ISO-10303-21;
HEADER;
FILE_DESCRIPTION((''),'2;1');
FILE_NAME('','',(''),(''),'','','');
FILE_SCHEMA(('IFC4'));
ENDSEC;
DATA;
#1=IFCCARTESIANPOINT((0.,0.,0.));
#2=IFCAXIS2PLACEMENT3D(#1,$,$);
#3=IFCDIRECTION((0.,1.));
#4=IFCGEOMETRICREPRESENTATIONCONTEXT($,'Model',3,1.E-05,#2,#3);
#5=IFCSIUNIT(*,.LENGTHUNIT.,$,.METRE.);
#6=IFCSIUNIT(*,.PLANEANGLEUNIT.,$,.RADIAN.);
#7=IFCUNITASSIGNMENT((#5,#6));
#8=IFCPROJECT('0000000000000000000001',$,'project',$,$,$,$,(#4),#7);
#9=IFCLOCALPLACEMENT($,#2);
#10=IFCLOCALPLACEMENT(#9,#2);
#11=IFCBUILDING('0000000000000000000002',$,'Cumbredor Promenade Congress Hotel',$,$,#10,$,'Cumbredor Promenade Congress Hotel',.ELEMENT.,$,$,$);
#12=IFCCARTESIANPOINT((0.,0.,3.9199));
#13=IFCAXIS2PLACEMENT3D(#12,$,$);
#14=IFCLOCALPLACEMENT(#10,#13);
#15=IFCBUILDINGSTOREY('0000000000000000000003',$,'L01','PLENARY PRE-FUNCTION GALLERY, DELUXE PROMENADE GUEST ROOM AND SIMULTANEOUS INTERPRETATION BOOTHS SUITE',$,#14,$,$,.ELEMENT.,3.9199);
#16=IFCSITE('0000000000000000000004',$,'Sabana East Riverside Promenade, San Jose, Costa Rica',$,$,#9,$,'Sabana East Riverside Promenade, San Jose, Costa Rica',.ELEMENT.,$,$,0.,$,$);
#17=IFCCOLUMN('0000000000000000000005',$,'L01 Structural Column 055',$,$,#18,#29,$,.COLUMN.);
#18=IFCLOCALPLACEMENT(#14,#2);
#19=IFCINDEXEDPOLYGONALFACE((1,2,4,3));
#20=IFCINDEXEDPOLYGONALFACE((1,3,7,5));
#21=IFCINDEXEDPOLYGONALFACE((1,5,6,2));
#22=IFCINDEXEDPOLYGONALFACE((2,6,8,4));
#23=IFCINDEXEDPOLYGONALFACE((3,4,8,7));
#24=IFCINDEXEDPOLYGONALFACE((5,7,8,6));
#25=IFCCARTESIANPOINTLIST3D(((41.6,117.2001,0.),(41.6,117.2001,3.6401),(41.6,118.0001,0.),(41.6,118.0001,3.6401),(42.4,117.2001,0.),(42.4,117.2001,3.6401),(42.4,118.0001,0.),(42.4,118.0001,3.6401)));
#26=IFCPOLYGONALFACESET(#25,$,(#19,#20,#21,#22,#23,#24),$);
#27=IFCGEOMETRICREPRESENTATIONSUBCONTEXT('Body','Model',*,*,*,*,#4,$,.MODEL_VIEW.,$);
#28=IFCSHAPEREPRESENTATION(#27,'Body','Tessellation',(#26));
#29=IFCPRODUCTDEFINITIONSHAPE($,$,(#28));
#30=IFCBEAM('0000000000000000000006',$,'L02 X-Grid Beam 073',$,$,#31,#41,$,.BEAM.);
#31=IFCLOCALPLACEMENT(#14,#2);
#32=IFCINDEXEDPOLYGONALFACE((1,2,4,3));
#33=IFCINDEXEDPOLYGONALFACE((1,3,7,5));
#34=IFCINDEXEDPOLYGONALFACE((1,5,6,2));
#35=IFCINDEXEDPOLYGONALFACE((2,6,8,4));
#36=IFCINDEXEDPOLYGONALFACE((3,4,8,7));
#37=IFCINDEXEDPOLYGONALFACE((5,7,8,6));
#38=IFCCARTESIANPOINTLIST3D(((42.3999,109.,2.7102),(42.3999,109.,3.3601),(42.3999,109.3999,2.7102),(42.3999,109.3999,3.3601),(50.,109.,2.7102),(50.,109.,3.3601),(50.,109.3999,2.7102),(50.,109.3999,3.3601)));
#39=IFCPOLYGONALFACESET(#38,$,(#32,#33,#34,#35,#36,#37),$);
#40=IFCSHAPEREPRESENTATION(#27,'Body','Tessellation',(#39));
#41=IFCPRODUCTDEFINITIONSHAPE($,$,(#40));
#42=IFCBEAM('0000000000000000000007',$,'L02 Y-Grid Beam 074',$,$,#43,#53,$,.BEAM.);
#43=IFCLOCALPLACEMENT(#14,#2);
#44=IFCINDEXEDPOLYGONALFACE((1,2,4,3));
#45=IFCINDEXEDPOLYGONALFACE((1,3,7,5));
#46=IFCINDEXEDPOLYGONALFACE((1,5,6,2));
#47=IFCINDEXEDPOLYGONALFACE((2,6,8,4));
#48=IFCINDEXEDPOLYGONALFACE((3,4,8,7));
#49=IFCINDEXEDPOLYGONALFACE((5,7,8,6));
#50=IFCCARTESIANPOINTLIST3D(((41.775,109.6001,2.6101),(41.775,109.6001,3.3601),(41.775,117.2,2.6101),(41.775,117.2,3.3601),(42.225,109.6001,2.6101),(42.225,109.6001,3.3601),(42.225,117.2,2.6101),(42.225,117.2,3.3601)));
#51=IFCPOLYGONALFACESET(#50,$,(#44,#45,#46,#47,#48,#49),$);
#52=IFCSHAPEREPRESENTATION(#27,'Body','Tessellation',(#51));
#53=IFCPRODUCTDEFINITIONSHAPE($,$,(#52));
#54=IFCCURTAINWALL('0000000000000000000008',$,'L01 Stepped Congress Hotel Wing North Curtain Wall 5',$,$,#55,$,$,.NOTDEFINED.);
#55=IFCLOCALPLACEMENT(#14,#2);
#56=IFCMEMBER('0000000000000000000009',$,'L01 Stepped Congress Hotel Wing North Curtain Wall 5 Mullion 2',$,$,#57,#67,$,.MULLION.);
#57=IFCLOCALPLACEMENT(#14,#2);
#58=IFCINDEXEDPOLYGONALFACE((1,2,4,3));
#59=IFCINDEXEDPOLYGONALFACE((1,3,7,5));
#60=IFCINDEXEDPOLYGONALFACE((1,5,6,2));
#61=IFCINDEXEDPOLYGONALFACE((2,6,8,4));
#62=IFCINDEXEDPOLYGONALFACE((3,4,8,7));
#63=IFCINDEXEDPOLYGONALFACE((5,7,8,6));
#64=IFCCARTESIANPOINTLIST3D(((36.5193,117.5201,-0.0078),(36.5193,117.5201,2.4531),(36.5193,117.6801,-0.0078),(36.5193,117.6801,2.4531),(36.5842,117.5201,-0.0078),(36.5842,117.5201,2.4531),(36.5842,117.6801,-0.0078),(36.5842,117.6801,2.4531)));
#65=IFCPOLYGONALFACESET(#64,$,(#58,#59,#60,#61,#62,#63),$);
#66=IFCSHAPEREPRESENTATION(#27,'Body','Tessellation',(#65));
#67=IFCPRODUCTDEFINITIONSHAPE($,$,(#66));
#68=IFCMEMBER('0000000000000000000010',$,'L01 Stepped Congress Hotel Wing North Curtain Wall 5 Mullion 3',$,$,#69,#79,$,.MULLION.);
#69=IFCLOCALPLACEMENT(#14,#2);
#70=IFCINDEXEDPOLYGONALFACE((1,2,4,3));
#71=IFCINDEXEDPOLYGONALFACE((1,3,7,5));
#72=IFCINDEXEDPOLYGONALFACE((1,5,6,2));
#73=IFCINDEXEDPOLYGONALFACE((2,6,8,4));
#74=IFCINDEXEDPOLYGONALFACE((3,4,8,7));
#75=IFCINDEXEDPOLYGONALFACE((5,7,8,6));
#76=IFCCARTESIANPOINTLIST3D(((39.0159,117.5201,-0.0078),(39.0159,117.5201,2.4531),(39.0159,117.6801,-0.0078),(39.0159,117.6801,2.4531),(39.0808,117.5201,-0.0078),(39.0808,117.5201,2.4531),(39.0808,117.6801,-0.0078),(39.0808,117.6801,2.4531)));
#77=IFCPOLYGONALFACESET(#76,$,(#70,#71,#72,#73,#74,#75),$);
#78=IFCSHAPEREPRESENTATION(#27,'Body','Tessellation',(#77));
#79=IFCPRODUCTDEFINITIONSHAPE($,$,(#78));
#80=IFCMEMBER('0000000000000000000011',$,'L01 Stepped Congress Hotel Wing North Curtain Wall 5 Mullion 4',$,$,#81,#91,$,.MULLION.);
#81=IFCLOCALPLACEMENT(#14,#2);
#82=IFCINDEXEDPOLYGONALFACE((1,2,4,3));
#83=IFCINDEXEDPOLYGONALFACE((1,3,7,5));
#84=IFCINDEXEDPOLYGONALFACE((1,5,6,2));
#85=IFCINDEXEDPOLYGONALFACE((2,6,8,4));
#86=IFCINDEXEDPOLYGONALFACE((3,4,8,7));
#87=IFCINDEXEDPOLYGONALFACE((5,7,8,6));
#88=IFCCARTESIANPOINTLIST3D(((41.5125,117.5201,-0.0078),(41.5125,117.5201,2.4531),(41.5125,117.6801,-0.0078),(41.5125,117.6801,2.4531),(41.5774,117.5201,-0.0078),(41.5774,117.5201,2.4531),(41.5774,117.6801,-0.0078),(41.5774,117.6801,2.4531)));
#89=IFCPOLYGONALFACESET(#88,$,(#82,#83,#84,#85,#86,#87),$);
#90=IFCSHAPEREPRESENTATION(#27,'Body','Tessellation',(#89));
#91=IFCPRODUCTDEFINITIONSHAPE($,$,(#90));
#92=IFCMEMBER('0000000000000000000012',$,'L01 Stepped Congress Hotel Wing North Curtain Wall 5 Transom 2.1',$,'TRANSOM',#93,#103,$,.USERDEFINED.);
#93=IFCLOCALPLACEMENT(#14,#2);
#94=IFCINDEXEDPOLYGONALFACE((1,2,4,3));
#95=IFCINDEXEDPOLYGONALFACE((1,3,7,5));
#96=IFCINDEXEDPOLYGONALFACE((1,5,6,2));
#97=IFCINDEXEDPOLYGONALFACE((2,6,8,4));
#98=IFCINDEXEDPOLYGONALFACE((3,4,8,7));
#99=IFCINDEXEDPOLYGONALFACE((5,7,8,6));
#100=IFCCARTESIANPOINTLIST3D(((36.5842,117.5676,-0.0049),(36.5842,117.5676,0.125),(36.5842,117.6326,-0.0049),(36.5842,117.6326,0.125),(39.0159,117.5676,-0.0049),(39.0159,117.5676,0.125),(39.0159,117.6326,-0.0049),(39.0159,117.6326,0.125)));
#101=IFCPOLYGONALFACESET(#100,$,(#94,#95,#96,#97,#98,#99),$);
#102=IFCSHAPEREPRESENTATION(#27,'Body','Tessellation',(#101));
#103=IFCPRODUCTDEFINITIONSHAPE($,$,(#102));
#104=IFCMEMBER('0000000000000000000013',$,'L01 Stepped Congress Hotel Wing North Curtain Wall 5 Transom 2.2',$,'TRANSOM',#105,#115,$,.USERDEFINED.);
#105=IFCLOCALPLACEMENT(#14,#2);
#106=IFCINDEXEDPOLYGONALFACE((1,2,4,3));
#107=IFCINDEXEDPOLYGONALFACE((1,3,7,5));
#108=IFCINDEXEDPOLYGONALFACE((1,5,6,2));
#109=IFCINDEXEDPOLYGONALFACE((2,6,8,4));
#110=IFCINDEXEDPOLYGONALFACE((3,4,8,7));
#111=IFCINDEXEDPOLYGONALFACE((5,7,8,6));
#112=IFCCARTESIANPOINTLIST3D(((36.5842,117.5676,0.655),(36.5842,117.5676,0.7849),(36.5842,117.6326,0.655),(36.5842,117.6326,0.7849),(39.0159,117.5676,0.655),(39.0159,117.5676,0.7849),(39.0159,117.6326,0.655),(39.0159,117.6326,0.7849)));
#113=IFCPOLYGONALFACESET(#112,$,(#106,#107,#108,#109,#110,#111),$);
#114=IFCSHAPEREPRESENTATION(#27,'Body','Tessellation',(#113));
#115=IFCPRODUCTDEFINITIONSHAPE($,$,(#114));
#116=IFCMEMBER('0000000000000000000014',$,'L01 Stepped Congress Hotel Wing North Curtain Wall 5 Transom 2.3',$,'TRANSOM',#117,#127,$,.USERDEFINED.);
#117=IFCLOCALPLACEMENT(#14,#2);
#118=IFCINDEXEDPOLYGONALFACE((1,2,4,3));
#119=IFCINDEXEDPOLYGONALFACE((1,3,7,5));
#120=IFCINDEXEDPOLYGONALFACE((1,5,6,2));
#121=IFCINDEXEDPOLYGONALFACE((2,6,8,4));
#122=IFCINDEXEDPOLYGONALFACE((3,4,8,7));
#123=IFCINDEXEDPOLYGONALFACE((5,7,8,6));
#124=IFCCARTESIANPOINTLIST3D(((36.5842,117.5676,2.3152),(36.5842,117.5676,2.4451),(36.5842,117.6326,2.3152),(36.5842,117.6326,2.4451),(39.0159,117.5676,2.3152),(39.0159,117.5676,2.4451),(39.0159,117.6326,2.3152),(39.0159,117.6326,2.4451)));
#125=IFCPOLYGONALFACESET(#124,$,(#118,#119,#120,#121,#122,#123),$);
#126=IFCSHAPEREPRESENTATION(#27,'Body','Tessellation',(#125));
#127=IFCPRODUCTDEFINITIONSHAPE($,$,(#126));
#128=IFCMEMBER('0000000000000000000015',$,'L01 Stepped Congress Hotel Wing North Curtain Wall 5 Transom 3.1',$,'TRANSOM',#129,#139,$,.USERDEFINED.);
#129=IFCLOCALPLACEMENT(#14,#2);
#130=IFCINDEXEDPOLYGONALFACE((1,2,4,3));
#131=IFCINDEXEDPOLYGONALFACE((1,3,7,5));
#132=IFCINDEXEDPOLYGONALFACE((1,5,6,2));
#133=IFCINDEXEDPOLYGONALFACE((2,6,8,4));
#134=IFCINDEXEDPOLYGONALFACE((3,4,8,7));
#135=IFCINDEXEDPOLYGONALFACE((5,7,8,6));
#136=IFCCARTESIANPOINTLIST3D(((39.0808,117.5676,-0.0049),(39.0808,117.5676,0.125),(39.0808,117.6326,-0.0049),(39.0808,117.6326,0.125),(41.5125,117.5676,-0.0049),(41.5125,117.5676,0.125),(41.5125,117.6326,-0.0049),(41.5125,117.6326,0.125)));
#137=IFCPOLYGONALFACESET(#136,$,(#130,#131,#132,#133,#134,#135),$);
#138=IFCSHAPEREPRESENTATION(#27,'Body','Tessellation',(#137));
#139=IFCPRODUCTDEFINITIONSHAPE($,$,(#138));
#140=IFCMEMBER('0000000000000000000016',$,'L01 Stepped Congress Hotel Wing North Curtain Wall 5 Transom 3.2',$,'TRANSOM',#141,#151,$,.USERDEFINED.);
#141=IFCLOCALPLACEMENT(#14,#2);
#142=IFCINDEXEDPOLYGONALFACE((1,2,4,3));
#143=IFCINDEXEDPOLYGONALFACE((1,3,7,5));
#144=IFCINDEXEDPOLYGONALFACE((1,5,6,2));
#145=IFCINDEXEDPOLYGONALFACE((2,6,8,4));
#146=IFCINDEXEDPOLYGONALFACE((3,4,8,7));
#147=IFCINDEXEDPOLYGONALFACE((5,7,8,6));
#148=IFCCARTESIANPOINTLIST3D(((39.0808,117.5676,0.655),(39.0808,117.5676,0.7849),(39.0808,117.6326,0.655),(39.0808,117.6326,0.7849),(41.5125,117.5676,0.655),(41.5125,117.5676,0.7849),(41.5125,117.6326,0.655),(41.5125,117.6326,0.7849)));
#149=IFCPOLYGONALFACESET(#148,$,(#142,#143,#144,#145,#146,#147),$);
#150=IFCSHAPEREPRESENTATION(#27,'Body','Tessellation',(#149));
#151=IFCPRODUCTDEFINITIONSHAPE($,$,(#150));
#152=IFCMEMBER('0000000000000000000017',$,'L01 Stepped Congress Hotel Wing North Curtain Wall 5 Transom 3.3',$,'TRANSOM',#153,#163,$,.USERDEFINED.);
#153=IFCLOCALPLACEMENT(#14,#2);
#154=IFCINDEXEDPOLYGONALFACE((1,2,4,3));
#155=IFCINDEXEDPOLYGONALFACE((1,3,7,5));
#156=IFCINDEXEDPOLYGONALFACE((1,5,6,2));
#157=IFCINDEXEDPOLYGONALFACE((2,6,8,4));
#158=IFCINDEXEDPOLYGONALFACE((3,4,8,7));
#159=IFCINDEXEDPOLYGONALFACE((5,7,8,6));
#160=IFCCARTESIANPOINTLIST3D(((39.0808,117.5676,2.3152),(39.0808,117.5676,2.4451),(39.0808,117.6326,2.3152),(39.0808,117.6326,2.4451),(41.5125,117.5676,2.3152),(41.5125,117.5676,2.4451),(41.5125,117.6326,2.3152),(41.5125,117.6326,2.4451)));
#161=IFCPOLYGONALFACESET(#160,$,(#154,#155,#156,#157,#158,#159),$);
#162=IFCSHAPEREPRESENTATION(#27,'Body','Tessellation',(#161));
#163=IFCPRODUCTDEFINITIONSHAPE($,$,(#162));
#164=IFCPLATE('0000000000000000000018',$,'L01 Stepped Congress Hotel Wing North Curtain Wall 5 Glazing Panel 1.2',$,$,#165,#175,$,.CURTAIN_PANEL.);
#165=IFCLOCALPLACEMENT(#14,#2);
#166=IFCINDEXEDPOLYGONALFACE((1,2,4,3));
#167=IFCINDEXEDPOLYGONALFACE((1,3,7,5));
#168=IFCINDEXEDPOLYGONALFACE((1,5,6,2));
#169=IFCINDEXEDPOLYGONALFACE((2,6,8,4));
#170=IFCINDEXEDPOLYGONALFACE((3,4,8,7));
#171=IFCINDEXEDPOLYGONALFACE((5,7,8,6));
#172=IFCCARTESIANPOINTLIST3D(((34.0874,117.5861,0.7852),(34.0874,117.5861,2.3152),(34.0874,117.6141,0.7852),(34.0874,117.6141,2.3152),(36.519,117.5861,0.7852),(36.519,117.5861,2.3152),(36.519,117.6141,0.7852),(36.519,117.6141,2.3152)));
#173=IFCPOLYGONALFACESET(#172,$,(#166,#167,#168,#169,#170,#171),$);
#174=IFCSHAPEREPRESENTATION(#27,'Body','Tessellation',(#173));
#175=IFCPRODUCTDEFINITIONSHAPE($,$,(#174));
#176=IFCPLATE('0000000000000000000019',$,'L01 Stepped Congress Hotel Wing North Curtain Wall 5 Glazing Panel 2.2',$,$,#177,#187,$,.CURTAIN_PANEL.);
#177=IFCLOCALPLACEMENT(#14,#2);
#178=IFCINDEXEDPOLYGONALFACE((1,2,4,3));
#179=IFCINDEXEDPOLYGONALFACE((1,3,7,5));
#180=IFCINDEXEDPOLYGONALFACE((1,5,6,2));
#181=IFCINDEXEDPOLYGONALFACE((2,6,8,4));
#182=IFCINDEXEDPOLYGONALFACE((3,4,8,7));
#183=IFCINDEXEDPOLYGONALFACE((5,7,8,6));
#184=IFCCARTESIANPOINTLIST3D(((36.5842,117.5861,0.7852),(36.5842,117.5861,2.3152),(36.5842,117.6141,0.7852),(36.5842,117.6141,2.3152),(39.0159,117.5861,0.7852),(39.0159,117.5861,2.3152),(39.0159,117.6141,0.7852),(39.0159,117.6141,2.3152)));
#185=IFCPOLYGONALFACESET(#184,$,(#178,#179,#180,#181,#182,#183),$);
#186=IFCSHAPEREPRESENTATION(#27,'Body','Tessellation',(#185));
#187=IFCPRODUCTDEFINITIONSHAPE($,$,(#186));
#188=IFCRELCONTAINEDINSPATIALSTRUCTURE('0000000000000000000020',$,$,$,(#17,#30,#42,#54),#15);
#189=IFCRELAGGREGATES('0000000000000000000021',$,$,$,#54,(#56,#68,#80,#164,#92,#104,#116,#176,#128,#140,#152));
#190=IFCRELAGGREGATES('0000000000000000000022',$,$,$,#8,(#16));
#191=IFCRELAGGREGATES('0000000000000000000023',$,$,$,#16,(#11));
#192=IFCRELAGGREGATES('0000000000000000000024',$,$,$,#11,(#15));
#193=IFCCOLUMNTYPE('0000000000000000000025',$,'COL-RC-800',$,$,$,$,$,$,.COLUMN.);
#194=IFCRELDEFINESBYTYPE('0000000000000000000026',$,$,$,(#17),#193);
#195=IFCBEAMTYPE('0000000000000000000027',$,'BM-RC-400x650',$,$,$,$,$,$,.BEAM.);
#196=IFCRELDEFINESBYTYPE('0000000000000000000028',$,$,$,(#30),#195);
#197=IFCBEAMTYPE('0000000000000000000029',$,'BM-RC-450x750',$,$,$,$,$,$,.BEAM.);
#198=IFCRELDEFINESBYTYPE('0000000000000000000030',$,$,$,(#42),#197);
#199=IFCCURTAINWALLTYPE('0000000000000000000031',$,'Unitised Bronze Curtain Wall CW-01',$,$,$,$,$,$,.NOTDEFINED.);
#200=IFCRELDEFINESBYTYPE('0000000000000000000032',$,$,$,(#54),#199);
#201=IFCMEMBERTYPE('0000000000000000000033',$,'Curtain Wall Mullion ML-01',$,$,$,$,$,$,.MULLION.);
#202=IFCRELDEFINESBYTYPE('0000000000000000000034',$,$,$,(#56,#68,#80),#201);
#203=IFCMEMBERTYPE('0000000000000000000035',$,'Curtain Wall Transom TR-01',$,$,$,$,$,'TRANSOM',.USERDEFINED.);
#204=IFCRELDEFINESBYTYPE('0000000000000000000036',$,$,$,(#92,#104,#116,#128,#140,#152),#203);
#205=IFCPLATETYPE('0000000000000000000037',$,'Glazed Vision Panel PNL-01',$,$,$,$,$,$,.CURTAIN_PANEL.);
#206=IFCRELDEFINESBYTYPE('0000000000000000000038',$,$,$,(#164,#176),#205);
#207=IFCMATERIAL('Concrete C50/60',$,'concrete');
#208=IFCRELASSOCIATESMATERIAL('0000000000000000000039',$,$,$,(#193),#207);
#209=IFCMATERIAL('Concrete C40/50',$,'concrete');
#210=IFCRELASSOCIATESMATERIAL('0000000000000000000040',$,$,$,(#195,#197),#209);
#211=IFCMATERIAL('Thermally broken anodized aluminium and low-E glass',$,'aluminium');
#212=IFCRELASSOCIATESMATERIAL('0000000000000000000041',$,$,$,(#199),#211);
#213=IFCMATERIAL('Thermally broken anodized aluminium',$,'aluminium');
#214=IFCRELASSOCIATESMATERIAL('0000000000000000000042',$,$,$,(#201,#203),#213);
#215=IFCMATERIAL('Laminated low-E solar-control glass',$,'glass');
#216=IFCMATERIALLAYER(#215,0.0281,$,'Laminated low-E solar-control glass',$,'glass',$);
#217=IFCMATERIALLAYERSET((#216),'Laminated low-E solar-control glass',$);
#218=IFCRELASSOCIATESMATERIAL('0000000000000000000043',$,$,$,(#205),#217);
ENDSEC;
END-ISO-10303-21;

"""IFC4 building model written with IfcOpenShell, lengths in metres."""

from ifc_helpers import new_model, si_unit, direction, frame, origin, origin_2d, place, context, subcontext, project, spatial, rectangle, extrude, material, layer, layer_set, material_profile, profile_set, type_object, element, aggregate, save


model = new_model("IFC4")

# Units and contexts
model_context = context("Model", 3, precision=1e-05, world=origin(), true_north=direction((0.0, 1.0)))
body_context = subcontext(model_context, "Body", "Model", "MODEL_VIEW")
ifc_project = project(units=[si_unit("LENGTHUNIT", "METRE"), si_unit("PLANEANGLEUNIT", "RADIAN")], contexts=[model_context])

# Site, building, storey
site_placement = place(None, origin())
site = spatial("IfcSite", under=ifc_project, at=site_placement, Name="Sabana East Riverside Promenade, San Jose, Costa Rica", LongName="Sabana East Riverside Promenade, San Jose, Costa Rica", CompositionType="ELEMENT", RefElevation=0.0)
building_placement = place(site_placement, origin())
building = spatial("IfcBuilding", under=site, at=building_placement, Name="Cumbredor Promenade Congress Hotel", LongName="Cumbredor Promenade Congress Hotel", CompositionType="ELEMENT")
storey_placement = place(building_placement, frame((0.0, 0.0, 3.9199)))
storey = spatial("IfcBuildingStorey", under=building, at=storey_placement, Name="L01", Description="PLENARY PRE-FUNCTION GALLERY, DELUXE PROMENADE GUEST ROOM AND SIMULTANEOUS INTERPRETATION BOOTHS SUITE", CompositionType="ELEMENT", Elevation=3.9199)

# Column
ifc_material_1 = material(Name="Concrete C50/60", Category="concrete")
ifc_material_profile_1 = material_profile(ifc_material_1, rectangle(XDim=0.8, YDim=0.8, at=origin_2d()), Name="RC 800x800")
ifc_profile_set_1 = profile_set([ifc_material_profile_1], Name="Concrete C50/60")
column_type = type_object("IfcColumnType", Name="COL-RC-800", PredefinedType="COLUMN", material=ifc_profile_set_1)
column_placement = place(storey_placement, frame((42.0, 117.6001, 0.0), z_axis=(0.0, 0.0, 1.0), x_axis=(1.0, 0.0, 0.0)))
element("IfcColumn", 1, at=column_placement, inside=storey, type_object=column_type, Name="L01 Structural Column 055", PredefinedType="COLUMN", context=body_context, shape_type="SweptSolid", body=[
    extrude(rectangle(XDim=0.8, YDim=0.8, at=origin_2d()), origin(), (0.0, 0.0, 1.0), 3.6401),
])

# Beams
ifc_material_2 = material(Name="Concrete C40/50", Category="concrete")
ifc_material_profile_2 = material_profile(ifc_material_2, rectangle(XDim=0.3999, YDim=0.6499, at=origin_2d()), Name="RC BEAM 400x650")
ifc_profile_set_2 = profile_set([ifc_material_profile_2], Name="Concrete C40/50")
beam_type_1 = type_object("IfcBeamType", Name="BM-RC-400x650", PredefinedType="BEAM", material=ifc_profile_set_2)
beam_1_placement = place(storey_placement, frame((42.3999, 109.2, 3.0352), z_axis=(1.0, 0.0, 0.0), x_axis=(0.0, 1.0, 0.0)))
element("IfcBeam", 2, at=beam_1_placement, inside=storey, type_object=beam_type_1, Name="L02 X-Grid Beam 073", PredefinedType="BEAM", context=body_context, shape_type="SweptSolid", body=[
    extrude(rectangle(XDim=0.3999, YDim=0.6499, at=origin_2d()), origin(), (0.0, 0.0, 1.0), 7.6001),
])
ifc_material_profile_3 = material_profile(ifc_material_2, rectangle(XDim=0.45, YDim=0.75, at=origin_2d()), Name="RC BEAM 450x750")
ifc_profile_set_3 = profile_set([ifc_material_profile_3], Name="Concrete C40/50")
beam_type_2 = type_object("IfcBeamType", Name="BM-RC-450x750", PredefinedType="BEAM", material=ifc_profile_set_3)
beam_2_placement = place(storey_placement, frame((42.0, 109.6001, 2.9851), z_axis=(0.0, 1.0, 0.0), x_axis=(-1.0, 0.0, 0.0)))
element("IfcBeam", 3, at=beam_2_placement, inside=storey, type_object=beam_type_2, Name="L02 Y-Grid Beam 074", PredefinedType="BEAM", context=body_context, shape_type="SweptSolid", body=[
    extrude(rectangle(XDim=0.45, YDim=0.75, at=origin_2d()), origin(), (0.0, 0.0, 1.0), 7.5999),
])

# Curtain wall, members, plates
ifc_material_3 = material(Name="Thermally broken anodized aluminium and low-E glass", Category="aluminium")
curtain_wall_type = type_object("IfcCurtainWallType", Name="Unitised Bronze Curtain Wall CW-01", PredefinedType="NOTDEFINED", material=ifc_material_3)
curtain_wall_placement = place(storey_placement, origin())
curtain_wall = element("IfcCurtainWall", 4, at=curtain_wall_placement, inside=storey, type_object=curtain_wall_type, Name="L01 Stepped Congress Hotel Wing North Curtain Wall 5", PredefinedType="NOTDEFINED")
ifc_material_4 = material(Name="Thermally broken anodized aluminium", Category="aluminium")
ifc_material_profile_4 = material_profile(ifc_material_4, rectangle(XDim=0.0649, YDim=0.1599, at=origin_2d()), Name="ALU MULLION 65x160")
ifc_profile_set_4 = profile_set([ifc_material_profile_4], Name="Thermally broken anodized aluminium")
member_type_1 = type_object("IfcMemberType", Name="Curtain Wall Mullion ML-01", PredefinedType="MULLION", material=ifc_profile_set_4)
member_1_placement = place(storey_placement, frame((36.5518, 117.6001, -0.0078), z_axis=(0.0, 0.0, 1.0), x_axis=(1.0, 0.0, 0.0)))
member_1 = element("IfcMember", 5, at=member_1_placement, type_object=member_type_1, Name="L01 Stepped Congress Hotel Wing North Curtain Wall 5 Mullion 2", PredefinedType="MULLION", context=body_context, shape_type="SweptSolid", body=[
    extrude(rectangle(XDim=0.0649, YDim=0.1599, at=origin_2d()), origin(), (0.0, 0.0, 1.0), 2.4609),
])
member_2_placement = place(storey_placement, frame((39.0483, 117.6001, -0.0078), z_axis=(0.0, 0.0, 1.0), x_axis=(1.0, 0.0, 0.0)))
member_2 = element("IfcMember", 6, at=member_2_placement, type_object=member_type_1, Name="L01 Stepped Congress Hotel Wing North Curtain Wall 5 Mullion 3", PredefinedType="MULLION", context=body_context, shape_type="SweptSolid", body=[
    extrude(rectangle(XDim=0.0649, YDim=0.1599, at=origin_2d()), origin(), (0.0, 0.0, 1.0), 2.4609),
])
member_3_placement = place(storey_placement, frame((41.5449, 117.6001, -0.0078), z_axis=(0.0, 0.0, 1.0), x_axis=(1.0, 0.0, 0.0)))
member_3 = element("IfcMember", 7, at=member_3_placement, type_object=member_type_1, Name="L01 Stepped Congress Hotel Wing North Curtain Wall 5 Mullion 4", PredefinedType="MULLION", context=body_context, shape_type="SweptSolid", body=[
    extrude(rectangle(XDim=0.0649, YDim=0.1599, at=origin_2d()), origin(), (0.0, 0.0, 1.0), 2.4609),
])
ifc_material_profile_5 = material_profile(ifc_material_4, rectangle(XDim=0.0649, YDim=0.1299, at=origin_2d()), Name="ALU TRANSOM 65x130")
ifc_profile_set_5 = profile_set([ifc_material_profile_5], Name="Thermally broken anodized aluminium")
member_type_2 = type_object("IfcMemberType", Name="Curtain Wall Transom TR-01", ElementType="TRANSOM", PredefinedType="USERDEFINED", material=ifc_profile_set_5)
member_4_placement = place(storey_placement, frame((36.5842, 117.6001, 0.0601), z_axis=(1.0, 0.0, 0.0), x_axis=(0.0, 1.0, 0.0)))
member_4 = element("IfcMember", 8, at=member_4_placement, type_object=member_type_2, Name="L01 Stepped Congress Hotel Wing North Curtain Wall 5 Transom 2.1", ObjectType="TRANSOM", PredefinedType="USERDEFINED", context=body_context, shape_type="SweptSolid", body=[
    extrude(rectangle(XDim=0.0649, YDim=0.1299, at=origin_2d()), origin(), (0.0, 0.0, 1.0), 2.4316),
])
member_5_placement = place(storey_placement, frame((36.5842, 117.6001, 0.72), z_axis=(1.0, 0.0, 0.0), x_axis=(0.0, 1.0, 0.0)))
member_5 = element("IfcMember", 9, at=member_5_placement, type_object=member_type_2, Name="L01 Stepped Congress Hotel Wing North Curtain Wall 5 Transom 2.2", ObjectType="TRANSOM", PredefinedType="USERDEFINED", context=body_context, shape_type="SweptSolid", body=[
    extrude(rectangle(XDim=0.0649, YDim=0.1299, at=origin_2d()), origin(), (0.0, 0.0, 1.0), 2.4316),
])
member_6_placement = place(storey_placement, frame((36.5842, 117.6001, 2.3801), z_axis=(1.0, 0.0, 0.0), x_axis=(0.0, 1.0, 0.0)))
member_6 = element("IfcMember", 10, at=member_6_placement, type_object=member_type_2, Name="L01 Stepped Congress Hotel Wing North Curtain Wall 5 Transom 2.3", ObjectType="TRANSOM", PredefinedType="USERDEFINED", context=body_context, shape_type="SweptSolid", body=[
    extrude(rectangle(XDim=0.0649, YDim=0.1299, at=origin_2d()), origin(), (0.0, 0.0, 1.0), 2.4316),
])
member_7_placement = place(storey_placement, frame((39.0808, 117.6001, 0.0601), z_axis=(1.0, 0.0, 0.0), x_axis=(0.0, 1.0, 0.0)))
member_7 = element("IfcMember", 11, at=member_7_placement, type_object=member_type_2, Name="L01 Stepped Congress Hotel Wing North Curtain Wall 5 Transom 3.1", ObjectType="TRANSOM", PredefinedType="USERDEFINED", context=body_context, shape_type="SweptSolid", body=[
    extrude(rectangle(XDim=0.0649, YDim=0.1299, at=origin_2d()), origin(), (0.0, 0.0, 1.0), 2.4316),
])
member_8_placement = place(storey_placement, frame((39.0808, 117.6001, 0.72), z_axis=(1.0, 0.0, 0.0), x_axis=(0.0, 1.0, 0.0)))
member_8 = element("IfcMember", 12, at=member_8_placement, type_object=member_type_2, Name="L01 Stepped Congress Hotel Wing North Curtain Wall 5 Transom 3.2", ObjectType="TRANSOM", PredefinedType="USERDEFINED", context=body_context, shape_type="SweptSolid", body=[
    extrude(rectangle(XDim=0.0649, YDim=0.1299, at=origin_2d()), origin(), (0.0, 0.0, 1.0), 2.4316),
])
member_9_placement = place(storey_placement, frame((39.0808, 117.6001, 2.3801), z_axis=(1.0, 0.0, 0.0), x_axis=(0.0, 1.0, 0.0)))
member_9 = element("IfcMember", 13, at=member_9_placement, type_object=member_type_2, Name="L01 Stepped Congress Hotel Wing North Curtain Wall 5 Transom 3.3", ObjectType="TRANSOM", PredefinedType="USERDEFINED", context=body_context, shape_type="SweptSolid", body=[
    extrude(rectangle(XDim=0.0649, YDim=0.1299, at=origin_2d()), origin(), (0.0, 0.0, 1.0), 2.4316),
])
ifc_material_5 = material(Name="Laminated low-E solar-control glass", Category="glass")
ifc_layer_1 = layer(ifc_material_5, 0.0281, Name="Laminated low-E solar-control glass", Category="glass")
ifc_layer_set_1 = layer_set([ifc_layer_1], Name="Laminated low-E solar-control glass")
plate_type_1 = type_object("IfcPlateType", Name="Glazed Vision Panel PNL-01", PredefinedType="CURTAIN_PANEL", material=ifc_layer_set_1)
plate_1_placement = place(storey_placement, frame((35.3032, 117.6001, 0.7852), z_axis=(0.0, 0.0, 1.0), x_axis=(1.0, 0.0, 0.0)))
plate_1 = element("IfcPlate", 14, at=plate_1_placement, type_object=plate_type_1, Name="L01 Stepped Congress Hotel Wing North Curtain Wall 5 Glazing Panel 1.2", PredefinedType="CURTAIN_PANEL", context=body_context, shape_type="SweptSolid", body=[
    extrude(rectangle(XDim=2.4316, YDim=0.0281, at=origin_2d()), origin(), (0.0, 0.0, 1.0), 1.53),
])
plate_2_placement = place(storey_placement, frame((37.8, 117.6001, 0.7852), z_axis=(0.0, 0.0, 1.0), x_axis=(1.0, 0.0, 0.0)))
plate_2 = element("IfcPlate", 15, at=plate_2_placement, type_object=plate_type_1, Name="L01 Stepped Congress Hotel Wing North Curtain Wall 5 Glazing Panel 2.2", PredefinedType="CURTAIN_PANEL", context=body_context, shape_type="SweptSolid", body=[
    extrude(rectangle(XDim=2.4316, YDim=0.0281, at=origin_2d()), origin(), (0.0, 0.0, 1.0), 1.53),
])
aggregate(curtain_wall, [member_1, member_2, member_3, plate_1, member_4, member_5, member_6, plate_2, member_7, member_8, member_9])

save(model, "model.ifc")
